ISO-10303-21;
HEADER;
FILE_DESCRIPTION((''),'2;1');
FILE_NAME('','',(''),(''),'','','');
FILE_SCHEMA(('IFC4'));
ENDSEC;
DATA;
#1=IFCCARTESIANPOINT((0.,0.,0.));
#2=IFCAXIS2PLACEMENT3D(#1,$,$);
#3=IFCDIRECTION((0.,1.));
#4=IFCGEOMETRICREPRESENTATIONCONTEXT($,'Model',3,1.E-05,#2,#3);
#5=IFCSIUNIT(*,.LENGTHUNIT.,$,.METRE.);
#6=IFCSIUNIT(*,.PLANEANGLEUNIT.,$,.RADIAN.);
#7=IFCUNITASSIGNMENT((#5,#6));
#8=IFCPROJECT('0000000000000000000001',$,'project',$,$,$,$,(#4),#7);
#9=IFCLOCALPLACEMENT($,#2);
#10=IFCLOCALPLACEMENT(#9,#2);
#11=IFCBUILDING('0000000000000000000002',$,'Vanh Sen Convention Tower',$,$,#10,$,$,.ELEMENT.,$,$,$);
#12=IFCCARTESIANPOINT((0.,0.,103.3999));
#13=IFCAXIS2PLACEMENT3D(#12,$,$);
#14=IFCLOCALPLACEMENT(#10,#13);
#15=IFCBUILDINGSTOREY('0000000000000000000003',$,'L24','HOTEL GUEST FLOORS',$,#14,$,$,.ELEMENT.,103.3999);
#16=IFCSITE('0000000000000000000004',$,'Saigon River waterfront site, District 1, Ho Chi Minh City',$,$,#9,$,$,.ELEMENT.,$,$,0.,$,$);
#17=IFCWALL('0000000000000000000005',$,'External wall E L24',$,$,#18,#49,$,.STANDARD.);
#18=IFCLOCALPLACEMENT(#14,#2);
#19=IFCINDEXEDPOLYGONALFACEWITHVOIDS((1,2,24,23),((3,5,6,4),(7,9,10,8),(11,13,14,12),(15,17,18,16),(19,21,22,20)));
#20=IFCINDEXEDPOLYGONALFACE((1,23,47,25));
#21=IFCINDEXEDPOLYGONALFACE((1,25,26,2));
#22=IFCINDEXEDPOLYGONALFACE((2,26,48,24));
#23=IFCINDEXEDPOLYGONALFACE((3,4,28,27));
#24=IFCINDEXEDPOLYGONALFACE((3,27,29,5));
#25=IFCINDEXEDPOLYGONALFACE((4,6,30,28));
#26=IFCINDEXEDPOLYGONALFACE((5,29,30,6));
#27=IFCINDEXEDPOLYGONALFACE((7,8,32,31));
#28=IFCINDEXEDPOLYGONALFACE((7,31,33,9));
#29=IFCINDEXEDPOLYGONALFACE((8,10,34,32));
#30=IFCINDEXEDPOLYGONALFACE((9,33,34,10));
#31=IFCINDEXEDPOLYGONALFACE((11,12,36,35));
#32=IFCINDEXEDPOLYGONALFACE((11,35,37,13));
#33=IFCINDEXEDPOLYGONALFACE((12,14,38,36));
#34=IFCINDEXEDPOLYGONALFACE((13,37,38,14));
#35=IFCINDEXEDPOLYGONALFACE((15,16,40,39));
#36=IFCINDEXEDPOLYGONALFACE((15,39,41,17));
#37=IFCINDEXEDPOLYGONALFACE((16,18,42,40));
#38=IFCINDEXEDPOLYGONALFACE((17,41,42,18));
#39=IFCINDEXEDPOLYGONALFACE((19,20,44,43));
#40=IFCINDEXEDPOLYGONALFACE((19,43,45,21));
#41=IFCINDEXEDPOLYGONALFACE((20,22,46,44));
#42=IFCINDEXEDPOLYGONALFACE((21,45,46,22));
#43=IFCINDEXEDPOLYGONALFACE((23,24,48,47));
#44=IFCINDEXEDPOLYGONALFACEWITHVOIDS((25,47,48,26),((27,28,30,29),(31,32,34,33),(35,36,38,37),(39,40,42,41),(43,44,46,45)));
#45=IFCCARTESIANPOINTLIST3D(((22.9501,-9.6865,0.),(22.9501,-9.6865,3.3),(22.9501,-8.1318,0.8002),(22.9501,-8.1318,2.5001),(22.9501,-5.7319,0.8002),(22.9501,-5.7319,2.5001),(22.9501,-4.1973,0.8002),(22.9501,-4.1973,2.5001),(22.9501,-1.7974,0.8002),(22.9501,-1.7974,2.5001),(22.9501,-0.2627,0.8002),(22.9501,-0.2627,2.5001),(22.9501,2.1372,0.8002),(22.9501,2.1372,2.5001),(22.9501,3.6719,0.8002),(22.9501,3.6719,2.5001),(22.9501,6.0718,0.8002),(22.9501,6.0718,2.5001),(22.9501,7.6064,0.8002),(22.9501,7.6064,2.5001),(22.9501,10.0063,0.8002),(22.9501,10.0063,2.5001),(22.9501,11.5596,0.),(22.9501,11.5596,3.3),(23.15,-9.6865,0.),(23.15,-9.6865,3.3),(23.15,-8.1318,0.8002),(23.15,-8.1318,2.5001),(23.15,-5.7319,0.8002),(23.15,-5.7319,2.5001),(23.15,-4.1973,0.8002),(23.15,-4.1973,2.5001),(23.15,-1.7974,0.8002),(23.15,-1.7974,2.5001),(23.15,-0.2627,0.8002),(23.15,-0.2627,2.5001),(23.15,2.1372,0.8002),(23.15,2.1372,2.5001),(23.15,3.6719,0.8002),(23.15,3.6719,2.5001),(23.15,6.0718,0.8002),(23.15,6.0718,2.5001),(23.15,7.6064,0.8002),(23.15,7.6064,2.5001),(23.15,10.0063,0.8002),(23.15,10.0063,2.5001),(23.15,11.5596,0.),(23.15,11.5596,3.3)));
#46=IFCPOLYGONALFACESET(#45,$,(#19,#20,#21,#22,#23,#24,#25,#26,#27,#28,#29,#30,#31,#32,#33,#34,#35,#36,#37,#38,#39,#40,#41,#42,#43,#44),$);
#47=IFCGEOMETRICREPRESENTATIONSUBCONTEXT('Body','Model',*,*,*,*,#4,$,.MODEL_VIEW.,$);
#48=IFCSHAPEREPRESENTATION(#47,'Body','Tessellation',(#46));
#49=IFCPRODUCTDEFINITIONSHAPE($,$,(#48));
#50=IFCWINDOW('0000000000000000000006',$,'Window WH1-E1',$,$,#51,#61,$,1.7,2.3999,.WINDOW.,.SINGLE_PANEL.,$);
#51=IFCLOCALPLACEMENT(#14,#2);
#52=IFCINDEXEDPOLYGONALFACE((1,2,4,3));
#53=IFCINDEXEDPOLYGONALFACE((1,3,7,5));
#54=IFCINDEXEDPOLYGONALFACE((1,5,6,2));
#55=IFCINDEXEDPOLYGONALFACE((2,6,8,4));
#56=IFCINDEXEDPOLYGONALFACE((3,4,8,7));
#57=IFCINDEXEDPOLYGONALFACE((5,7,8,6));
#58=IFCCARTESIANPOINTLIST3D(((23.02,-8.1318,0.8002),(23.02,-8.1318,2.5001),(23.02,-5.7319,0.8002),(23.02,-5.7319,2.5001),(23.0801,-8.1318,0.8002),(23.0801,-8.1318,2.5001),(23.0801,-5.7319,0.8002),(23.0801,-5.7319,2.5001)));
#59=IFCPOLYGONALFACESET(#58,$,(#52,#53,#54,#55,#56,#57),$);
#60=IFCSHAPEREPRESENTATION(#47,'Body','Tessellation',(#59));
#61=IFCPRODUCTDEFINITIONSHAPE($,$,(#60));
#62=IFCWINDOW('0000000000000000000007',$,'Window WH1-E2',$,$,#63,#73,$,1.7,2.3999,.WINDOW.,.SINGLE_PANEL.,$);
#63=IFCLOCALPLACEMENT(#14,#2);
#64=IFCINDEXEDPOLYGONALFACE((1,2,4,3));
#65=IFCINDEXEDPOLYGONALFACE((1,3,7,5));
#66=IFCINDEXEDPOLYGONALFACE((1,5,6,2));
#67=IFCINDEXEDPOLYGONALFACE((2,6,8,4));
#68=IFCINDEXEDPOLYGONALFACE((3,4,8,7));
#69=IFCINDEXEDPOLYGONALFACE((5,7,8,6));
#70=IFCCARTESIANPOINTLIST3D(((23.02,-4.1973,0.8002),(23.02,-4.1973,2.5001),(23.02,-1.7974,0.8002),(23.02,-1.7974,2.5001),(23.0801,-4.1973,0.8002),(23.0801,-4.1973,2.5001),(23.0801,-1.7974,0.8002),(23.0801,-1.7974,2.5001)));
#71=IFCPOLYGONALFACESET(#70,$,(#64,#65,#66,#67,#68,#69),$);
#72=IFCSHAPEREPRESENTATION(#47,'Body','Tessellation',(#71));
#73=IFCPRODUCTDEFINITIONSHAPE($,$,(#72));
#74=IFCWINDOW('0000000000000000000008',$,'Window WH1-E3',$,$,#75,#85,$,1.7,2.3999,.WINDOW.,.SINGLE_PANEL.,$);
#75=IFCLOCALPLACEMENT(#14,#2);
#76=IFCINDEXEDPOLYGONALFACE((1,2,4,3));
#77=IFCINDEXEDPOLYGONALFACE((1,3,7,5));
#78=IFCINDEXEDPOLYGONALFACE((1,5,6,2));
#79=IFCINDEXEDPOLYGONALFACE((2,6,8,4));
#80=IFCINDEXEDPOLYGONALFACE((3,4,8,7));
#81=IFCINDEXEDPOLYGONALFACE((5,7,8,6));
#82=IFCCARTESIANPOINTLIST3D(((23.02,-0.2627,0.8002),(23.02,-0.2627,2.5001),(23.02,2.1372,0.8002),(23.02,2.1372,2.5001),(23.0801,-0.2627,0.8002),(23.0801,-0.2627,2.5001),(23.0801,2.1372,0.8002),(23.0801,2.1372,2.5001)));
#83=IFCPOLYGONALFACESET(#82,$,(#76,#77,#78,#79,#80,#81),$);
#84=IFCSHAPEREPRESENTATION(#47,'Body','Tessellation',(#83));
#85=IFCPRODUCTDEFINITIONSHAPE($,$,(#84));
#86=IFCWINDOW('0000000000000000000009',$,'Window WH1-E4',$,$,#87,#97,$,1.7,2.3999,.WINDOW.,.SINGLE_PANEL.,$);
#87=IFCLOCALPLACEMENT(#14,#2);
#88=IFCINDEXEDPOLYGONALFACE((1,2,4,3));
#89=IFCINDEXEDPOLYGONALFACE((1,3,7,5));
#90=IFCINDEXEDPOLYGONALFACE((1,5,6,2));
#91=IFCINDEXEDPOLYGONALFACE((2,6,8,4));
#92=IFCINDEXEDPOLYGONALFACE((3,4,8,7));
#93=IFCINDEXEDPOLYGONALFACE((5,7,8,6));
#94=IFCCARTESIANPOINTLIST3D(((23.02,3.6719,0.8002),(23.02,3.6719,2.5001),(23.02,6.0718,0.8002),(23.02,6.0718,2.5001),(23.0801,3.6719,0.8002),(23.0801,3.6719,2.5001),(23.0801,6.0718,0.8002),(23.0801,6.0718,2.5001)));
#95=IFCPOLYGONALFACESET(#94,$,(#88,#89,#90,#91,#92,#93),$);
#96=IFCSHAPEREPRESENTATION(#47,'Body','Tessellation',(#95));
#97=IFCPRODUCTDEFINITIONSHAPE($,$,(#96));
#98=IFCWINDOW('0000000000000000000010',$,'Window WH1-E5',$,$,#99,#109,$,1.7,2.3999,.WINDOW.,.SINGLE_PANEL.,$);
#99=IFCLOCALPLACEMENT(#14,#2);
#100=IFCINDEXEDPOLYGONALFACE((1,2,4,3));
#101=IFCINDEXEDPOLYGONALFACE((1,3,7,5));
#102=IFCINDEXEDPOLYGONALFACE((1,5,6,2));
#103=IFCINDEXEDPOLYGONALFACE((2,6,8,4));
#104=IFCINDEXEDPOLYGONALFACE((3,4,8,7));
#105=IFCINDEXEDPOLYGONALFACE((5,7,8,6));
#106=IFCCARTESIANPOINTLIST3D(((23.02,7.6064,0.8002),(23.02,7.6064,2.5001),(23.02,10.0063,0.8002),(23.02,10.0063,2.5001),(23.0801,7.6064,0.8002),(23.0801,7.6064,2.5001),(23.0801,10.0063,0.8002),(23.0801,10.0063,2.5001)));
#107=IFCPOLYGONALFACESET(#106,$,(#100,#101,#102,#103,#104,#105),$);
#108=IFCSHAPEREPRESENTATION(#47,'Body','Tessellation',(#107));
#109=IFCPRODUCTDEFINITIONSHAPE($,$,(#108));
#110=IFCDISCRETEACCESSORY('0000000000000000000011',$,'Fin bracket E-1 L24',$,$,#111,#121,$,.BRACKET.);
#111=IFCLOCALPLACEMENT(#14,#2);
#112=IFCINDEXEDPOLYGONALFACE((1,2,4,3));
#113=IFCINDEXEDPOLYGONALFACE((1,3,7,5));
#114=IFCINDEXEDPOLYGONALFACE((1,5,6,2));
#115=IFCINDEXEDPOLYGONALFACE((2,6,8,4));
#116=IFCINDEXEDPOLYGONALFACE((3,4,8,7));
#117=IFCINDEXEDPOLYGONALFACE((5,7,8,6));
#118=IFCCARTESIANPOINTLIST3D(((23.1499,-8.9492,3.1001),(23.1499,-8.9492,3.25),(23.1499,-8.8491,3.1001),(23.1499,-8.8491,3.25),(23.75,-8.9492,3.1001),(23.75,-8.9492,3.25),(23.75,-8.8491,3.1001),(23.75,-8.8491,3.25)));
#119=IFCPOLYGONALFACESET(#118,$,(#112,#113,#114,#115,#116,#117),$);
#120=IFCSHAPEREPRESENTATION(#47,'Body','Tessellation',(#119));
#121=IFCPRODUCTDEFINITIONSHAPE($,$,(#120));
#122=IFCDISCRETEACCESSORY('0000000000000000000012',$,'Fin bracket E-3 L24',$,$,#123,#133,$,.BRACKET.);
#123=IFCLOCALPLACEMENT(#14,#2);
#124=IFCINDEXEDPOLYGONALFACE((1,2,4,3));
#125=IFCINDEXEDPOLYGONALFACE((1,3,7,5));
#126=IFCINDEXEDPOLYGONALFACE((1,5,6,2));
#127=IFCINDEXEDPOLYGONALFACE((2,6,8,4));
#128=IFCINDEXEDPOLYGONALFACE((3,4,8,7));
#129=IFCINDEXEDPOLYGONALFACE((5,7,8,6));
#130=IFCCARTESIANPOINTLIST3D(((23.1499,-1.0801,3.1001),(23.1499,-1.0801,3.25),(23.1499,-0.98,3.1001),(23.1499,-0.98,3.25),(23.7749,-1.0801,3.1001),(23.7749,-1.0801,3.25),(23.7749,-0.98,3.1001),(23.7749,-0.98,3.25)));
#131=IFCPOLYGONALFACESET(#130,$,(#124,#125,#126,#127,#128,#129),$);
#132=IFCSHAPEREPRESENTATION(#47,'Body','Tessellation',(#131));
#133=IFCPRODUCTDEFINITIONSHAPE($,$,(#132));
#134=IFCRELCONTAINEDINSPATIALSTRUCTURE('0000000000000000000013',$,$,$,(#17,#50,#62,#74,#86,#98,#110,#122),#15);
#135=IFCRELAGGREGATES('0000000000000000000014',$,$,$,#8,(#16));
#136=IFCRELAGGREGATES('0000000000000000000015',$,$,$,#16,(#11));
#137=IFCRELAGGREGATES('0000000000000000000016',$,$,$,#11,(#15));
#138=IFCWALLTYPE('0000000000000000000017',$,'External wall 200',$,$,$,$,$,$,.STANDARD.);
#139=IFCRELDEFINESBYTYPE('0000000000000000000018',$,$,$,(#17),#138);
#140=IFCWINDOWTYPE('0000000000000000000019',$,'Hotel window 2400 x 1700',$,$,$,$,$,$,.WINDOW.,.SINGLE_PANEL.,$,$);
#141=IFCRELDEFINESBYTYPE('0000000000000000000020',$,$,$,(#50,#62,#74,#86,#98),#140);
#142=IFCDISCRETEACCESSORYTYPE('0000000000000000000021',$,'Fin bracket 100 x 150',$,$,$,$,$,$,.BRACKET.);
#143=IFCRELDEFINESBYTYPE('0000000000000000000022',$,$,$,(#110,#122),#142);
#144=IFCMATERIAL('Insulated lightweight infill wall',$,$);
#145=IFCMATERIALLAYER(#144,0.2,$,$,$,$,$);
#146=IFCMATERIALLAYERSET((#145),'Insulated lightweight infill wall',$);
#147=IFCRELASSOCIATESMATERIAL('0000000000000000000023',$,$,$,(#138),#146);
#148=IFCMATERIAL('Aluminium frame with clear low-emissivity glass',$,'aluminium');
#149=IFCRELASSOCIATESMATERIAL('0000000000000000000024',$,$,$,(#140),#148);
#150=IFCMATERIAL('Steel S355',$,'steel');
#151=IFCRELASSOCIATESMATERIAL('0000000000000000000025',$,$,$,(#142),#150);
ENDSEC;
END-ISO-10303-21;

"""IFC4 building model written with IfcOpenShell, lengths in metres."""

from ifc_helpers import new_model, si_unit, direction, frame, frame_2d, origin, origin_2d, place, context, subcontext, project, spatial, rectangle, extrude, material, layer, layer_set, type_object, element, fill, save


model = new_model("IFC4")

# Units and contexts
model_context = context("Model", 3, precision=1e-05, world=origin(), true_north=direction((0.0, 1.0)))
body_context = subcontext(model_context, "Body", "Model", "MODEL_VIEW")
ifc_project = project(units=[si_unit("LENGTHUNIT", "METRE"), si_unit("PLANEANGLEUNIT", "RADIAN")], contexts=[model_context])

# Site, building, storey
site_placement = place(None, origin())
site = spatial("IfcSite", under=ifc_project, at=site_placement, Name="Saigon River waterfront site, District 1, Ho Chi Minh City", CompositionType="ELEMENT", RefElevation=0.0)
building_placement = place(site_placement, origin())
building = spatial("IfcBuilding", under=site, at=building_placement, Name="Vanh Sen Convention Tower", CompositionType="ELEMENT")
storey_placement = place(building_placement, frame((0.0, 0.0, 103.3999)))
storey = spatial("IfcBuildingStorey", under=building, at=storey_placement, Name="L24", Description="HOTEL GUEST FLOORS", CompositionType="ELEMENT", Elevation=103.3999)

# Wall, openings, windows
ifc_material_1 = material(Name="Insulated lightweight infill wall")
ifc_layer_1 = layer(ifc_material_1, 0.2)
ifc_layer_set_1 = layer_set([ifc_layer_1], Name="Insulated lightweight infill wall")
wall_type_1 = type_object("IfcWallType", Name="External wall 200", PredefinedType="STANDARD", material=ifc_layer_set_1)
wall_1_placement = place(storey_placement, frame((23.05, -9.6865, 0.0), z_axis=(0.0, 0.0, 1.0), x_axis=(0.0, 1.0, 0.0)))
wall_1 = element("IfcWall", 1, at=wall_1_placement, inside=storey, type_object=wall_type_1, Name="External wall E L24", PredefinedType="STANDARD", context=body_context, shape_type="SweptSolid", body=[
    extrude(rectangle(XDim=21.2461, YDim=0.2, at=frame_2d((10.623, 0.0))), origin(), (0.0, 0.0, 1.0), 3.3),
])
opening_1_placement = place(wall_1_placement, frame((1.5547, 0.0, 0.8)))
opening_1 = element("IfcOpeningElement", 2, at=opening_1_placement, cuts=wall_1, PredefinedType="OPENING", context=body_context, shape_type="SweptSolid", body=[
    extrude(rectangle(XDim=2.3999, YDim=1.7, at=frame_2d((1.2, 0.8501))), frame((0.0, 0.1099, 0.0), z_axis=(0.0, -1.0, 0.0), x_axis=(1.0, 0.0, 0.0)), (0.0, 0.0, 1.0), 0.22),
])
opening_2_placement = place(wall_1_placement, frame((5.4893, 0.0, 0.8)))
opening_2 = element("IfcOpeningElement", 3, at=opening_2_placement, cuts=wall_1, PredefinedType="OPENING", context=body_context, shape_type="SweptSolid", body=[
    extrude(rectangle(XDim=2.3999, YDim=1.7, at=frame_2d((1.2, 0.8501))), frame((0.0, 0.1099, 0.0), z_axis=(0.0, -1.0, 0.0), x_axis=(1.0, 0.0, 0.0)), (0.0, 0.0, 1.0), 0.22),
])
opening_3_placement = place(wall_1_placement, frame((9.4238, 0.0, 0.8)))
opening_3 = element("IfcOpeningElement", 4, at=opening_3_placement, cuts=wall_1, PredefinedType="OPENING", context=body_context, shape_type="SweptSolid", body=[
    extrude(rectangle(XDim=2.3999, YDim=1.7, at=frame_2d((1.2, 0.8501))), frame((0.0, 0.1099, 0.0), z_axis=(0.0, -1.0, 0.0), x_axis=(1.0, 0.0, 0.0)), (0.0, 0.0, 1.0), 0.22),
])
opening_4_placement = place(wall_1_placement, frame((13.3584, 0.0, 0.8)))
opening_4 = element("IfcOpeningElement", 5, at=opening_4_placement, cuts=wall_1, PredefinedType="OPENING", context=body_context, shape_type="SweptSolid", body=[
    extrude(rectangle(XDim=2.3999, YDim=1.7, at=frame_2d((1.2, 0.8501))), frame((0.0, 0.1099, 0.0), z_axis=(0.0, -1.0, 0.0), x_axis=(1.0, 0.0, 0.0)), (0.0, 0.0, 1.0), 0.22),
])
opening_5_placement = place(wall_1_placement, frame((17.293, 0.0, 0.8)))
opening_5 = element("IfcOpeningElement", 6, at=opening_5_placement, cuts=wall_1, PredefinedType="OPENING", context=body_context, shape_type="SweptSolid", body=[
    extrude(rectangle(XDim=2.3999, YDim=1.7, at=frame_2d((1.2, 0.8501))), frame((0.0, 0.1099, 0.0), z_axis=(0.0, -1.0, 0.0), x_axis=(1.0, 0.0, 0.0)), (0.0, 0.0, 1.0), 0.22),
])
ifc_material_2 = material(Name="Aluminium frame with clear low-emissivity glass", Category="aluminium")
window_type = type_object("IfcWindowType", Name="Hotel window 2400 x 1700", PartitioningType="SINGLE_PANEL", PredefinedType="WINDOW", material=ifc_material_2)
window_1_placement = place(opening_1_placement, origin())
window_1 = element("IfcWindow", 7, at=window_1_placement, inside=storey, type_object=window_type, Name="Window WH1-E1", OverallHeight=1.7, OverallWidth=2.3999, PartitioningType="SINGLE_PANEL", PredefinedType="WINDOW", context=body_context, shape_type="SweptSolid", body=[
    extrude(rectangle(XDim=2.3999, YDim=1.7, at=frame_2d((1.2, 0.8501))), frame((0.0, 0.03, 0.0), z_axis=(0.0, -1.0, 0.0), x_axis=(1.0, 0.0, 0.0)), (0.0, 0.0, 1.0), 0.0601),
])
fill(opening_1, window_1)
window_2_placement = place(opening_2_placement, origin())
window_2 = element("IfcWindow", 8, at=window_2_placement, inside=storey, type_object=window_type, Name="Window WH1-E2", OverallHeight=1.7, OverallWidth=2.3999, PartitioningType="SINGLE_PANEL", PredefinedType="WINDOW", context=body_context, shape_type="SweptSolid", body=[
    extrude(rectangle(XDim=2.3999, YDim=1.7, at=frame_2d((1.2, 0.8501))), frame((0.0, 0.03, 0.0), z_axis=(0.0, -1.0, 0.0), x_axis=(1.0, 0.0, 0.0)), (0.0, 0.0, 1.0), 0.0601),
])
fill(opening_2, window_2)
window_3_placement = place(opening_3_placement, origin())
window_3 = element("IfcWindow", 9, at=window_3_placement, inside=storey, type_object=window_type, Name="Window WH1-E3", OverallHeight=1.7, OverallWidth=2.3999, PartitioningType="SINGLE_PANEL", PredefinedType="WINDOW", context=body_context, shape_type="SweptSolid", body=[
    extrude(rectangle(XDim=2.3999, YDim=1.7, at=frame_2d((1.2, 0.8501))), frame((0.0, 0.03, 0.0), z_axis=(0.0, -1.0, 0.0), x_axis=(1.0, 0.0, 0.0)), (0.0, 0.0, 1.0), 0.0601),
])
fill(opening_3, window_3)
window_4_placement = place(opening_4_placement, origin())
window_4 = element("IfcWindow", 10, at=window_4_placement, inside=storey, type_object=window_type, Name="Window WH1-E4", OverallHeight=1.7, OverallWidth=2.3999, PartitioningType="SINGLE_PANEL", PredefinedType="WINDOW", context=body_context, shape_type="SweptSolid", body=[
    extrude(rectangle(XDim=2.3999, YDim=1.7, at=frame_2d((1.2, 0.8501))), frame((0.0, 0.03, 0.0), z_axis=(0.0, -1.0, 0.0), x_axis=(1.0, 0.0, 0.0)), (0.0, 0.0, 1.0), 0.0601),
])
fill(opening_4, window_4)
window_5_placement = place(opening_5_placement, origin())
window_5 = element("IfcWindow", 11, at=window_5_placement, inside=storey, type_object=window_type, Name="Window WH1-E5", OverallHeight=1.7, OverallWidth=2.3999, PartitioningType="SINGLE_PANEL", PredefinedType="WINDOW", context=body_context, shape_type="SweptSolid", body=[
    extrude(rectangle(XDim=2.3999, YDim=1.7, at=frame_2d((1.2, 0.8501))), frame((0.0, 0.03, 0.0), z_axis=(0.0, -1.0, 0.0), x_axis=(1.0, 0.0, 0.0)), (0.0, 0.0, 1.0), 0.0601),
])
fill(opening_5, window_5)

# Discrete accessories
ifc_material_3 = material(Name="Steel S355", Category="steel")
discrete_accessory_type = type_object("IfcDiscreteAccessoryType", Name="Fin bracket 100 x 150", PredefinedType="BRACKET", material=ifc_material_3)
discrete_accessory_1_placement = place(storey_placement, frame((23.45, -8.8992, 3.1001), z_axis=(0.0, 0.0, 1.0), x_axis=(1.0, 0.0, 0.0)))
element("IfcDiscreteAccessory", 12, at=discrete_accessory_1_placement, inside=storey, type_object=discrete_accessory_type, Name="Fin bracket E-1 L24", PredefinedType="BRACKET", context=body_context, shape_type="SweptSolid", body=[
    extrude(rectangle(XDim=0.6001, YDim=0.1001, at=origin_2d()), origin(), (0.0, 0.0, 1.0), 0.1499),
])
discrete_accessory_2_placement = place(storey_placement, frame((23.4624, -1.03, 3.1001), z_axis=(0.0, 0.0, 1.0), x_axis=(1.0, 0.0, 0.0)))
element("IfcDiscreteAccessory", 13, at=discrete_accessory_2_placement, inside=storey, type_object=discrete_accessory_type, Name="Fin bracket E-3 L24", PredefinedType="BRACKET", context=body_context, shape_type="SweptSolid", body=[
    extrude(rectangle(XDim=0.625, YDim=0.1001, at=origin_2d()), origin(), (0.0, 0.0, 1.0), 0.1499),
])

save(model, "model.ifc")
